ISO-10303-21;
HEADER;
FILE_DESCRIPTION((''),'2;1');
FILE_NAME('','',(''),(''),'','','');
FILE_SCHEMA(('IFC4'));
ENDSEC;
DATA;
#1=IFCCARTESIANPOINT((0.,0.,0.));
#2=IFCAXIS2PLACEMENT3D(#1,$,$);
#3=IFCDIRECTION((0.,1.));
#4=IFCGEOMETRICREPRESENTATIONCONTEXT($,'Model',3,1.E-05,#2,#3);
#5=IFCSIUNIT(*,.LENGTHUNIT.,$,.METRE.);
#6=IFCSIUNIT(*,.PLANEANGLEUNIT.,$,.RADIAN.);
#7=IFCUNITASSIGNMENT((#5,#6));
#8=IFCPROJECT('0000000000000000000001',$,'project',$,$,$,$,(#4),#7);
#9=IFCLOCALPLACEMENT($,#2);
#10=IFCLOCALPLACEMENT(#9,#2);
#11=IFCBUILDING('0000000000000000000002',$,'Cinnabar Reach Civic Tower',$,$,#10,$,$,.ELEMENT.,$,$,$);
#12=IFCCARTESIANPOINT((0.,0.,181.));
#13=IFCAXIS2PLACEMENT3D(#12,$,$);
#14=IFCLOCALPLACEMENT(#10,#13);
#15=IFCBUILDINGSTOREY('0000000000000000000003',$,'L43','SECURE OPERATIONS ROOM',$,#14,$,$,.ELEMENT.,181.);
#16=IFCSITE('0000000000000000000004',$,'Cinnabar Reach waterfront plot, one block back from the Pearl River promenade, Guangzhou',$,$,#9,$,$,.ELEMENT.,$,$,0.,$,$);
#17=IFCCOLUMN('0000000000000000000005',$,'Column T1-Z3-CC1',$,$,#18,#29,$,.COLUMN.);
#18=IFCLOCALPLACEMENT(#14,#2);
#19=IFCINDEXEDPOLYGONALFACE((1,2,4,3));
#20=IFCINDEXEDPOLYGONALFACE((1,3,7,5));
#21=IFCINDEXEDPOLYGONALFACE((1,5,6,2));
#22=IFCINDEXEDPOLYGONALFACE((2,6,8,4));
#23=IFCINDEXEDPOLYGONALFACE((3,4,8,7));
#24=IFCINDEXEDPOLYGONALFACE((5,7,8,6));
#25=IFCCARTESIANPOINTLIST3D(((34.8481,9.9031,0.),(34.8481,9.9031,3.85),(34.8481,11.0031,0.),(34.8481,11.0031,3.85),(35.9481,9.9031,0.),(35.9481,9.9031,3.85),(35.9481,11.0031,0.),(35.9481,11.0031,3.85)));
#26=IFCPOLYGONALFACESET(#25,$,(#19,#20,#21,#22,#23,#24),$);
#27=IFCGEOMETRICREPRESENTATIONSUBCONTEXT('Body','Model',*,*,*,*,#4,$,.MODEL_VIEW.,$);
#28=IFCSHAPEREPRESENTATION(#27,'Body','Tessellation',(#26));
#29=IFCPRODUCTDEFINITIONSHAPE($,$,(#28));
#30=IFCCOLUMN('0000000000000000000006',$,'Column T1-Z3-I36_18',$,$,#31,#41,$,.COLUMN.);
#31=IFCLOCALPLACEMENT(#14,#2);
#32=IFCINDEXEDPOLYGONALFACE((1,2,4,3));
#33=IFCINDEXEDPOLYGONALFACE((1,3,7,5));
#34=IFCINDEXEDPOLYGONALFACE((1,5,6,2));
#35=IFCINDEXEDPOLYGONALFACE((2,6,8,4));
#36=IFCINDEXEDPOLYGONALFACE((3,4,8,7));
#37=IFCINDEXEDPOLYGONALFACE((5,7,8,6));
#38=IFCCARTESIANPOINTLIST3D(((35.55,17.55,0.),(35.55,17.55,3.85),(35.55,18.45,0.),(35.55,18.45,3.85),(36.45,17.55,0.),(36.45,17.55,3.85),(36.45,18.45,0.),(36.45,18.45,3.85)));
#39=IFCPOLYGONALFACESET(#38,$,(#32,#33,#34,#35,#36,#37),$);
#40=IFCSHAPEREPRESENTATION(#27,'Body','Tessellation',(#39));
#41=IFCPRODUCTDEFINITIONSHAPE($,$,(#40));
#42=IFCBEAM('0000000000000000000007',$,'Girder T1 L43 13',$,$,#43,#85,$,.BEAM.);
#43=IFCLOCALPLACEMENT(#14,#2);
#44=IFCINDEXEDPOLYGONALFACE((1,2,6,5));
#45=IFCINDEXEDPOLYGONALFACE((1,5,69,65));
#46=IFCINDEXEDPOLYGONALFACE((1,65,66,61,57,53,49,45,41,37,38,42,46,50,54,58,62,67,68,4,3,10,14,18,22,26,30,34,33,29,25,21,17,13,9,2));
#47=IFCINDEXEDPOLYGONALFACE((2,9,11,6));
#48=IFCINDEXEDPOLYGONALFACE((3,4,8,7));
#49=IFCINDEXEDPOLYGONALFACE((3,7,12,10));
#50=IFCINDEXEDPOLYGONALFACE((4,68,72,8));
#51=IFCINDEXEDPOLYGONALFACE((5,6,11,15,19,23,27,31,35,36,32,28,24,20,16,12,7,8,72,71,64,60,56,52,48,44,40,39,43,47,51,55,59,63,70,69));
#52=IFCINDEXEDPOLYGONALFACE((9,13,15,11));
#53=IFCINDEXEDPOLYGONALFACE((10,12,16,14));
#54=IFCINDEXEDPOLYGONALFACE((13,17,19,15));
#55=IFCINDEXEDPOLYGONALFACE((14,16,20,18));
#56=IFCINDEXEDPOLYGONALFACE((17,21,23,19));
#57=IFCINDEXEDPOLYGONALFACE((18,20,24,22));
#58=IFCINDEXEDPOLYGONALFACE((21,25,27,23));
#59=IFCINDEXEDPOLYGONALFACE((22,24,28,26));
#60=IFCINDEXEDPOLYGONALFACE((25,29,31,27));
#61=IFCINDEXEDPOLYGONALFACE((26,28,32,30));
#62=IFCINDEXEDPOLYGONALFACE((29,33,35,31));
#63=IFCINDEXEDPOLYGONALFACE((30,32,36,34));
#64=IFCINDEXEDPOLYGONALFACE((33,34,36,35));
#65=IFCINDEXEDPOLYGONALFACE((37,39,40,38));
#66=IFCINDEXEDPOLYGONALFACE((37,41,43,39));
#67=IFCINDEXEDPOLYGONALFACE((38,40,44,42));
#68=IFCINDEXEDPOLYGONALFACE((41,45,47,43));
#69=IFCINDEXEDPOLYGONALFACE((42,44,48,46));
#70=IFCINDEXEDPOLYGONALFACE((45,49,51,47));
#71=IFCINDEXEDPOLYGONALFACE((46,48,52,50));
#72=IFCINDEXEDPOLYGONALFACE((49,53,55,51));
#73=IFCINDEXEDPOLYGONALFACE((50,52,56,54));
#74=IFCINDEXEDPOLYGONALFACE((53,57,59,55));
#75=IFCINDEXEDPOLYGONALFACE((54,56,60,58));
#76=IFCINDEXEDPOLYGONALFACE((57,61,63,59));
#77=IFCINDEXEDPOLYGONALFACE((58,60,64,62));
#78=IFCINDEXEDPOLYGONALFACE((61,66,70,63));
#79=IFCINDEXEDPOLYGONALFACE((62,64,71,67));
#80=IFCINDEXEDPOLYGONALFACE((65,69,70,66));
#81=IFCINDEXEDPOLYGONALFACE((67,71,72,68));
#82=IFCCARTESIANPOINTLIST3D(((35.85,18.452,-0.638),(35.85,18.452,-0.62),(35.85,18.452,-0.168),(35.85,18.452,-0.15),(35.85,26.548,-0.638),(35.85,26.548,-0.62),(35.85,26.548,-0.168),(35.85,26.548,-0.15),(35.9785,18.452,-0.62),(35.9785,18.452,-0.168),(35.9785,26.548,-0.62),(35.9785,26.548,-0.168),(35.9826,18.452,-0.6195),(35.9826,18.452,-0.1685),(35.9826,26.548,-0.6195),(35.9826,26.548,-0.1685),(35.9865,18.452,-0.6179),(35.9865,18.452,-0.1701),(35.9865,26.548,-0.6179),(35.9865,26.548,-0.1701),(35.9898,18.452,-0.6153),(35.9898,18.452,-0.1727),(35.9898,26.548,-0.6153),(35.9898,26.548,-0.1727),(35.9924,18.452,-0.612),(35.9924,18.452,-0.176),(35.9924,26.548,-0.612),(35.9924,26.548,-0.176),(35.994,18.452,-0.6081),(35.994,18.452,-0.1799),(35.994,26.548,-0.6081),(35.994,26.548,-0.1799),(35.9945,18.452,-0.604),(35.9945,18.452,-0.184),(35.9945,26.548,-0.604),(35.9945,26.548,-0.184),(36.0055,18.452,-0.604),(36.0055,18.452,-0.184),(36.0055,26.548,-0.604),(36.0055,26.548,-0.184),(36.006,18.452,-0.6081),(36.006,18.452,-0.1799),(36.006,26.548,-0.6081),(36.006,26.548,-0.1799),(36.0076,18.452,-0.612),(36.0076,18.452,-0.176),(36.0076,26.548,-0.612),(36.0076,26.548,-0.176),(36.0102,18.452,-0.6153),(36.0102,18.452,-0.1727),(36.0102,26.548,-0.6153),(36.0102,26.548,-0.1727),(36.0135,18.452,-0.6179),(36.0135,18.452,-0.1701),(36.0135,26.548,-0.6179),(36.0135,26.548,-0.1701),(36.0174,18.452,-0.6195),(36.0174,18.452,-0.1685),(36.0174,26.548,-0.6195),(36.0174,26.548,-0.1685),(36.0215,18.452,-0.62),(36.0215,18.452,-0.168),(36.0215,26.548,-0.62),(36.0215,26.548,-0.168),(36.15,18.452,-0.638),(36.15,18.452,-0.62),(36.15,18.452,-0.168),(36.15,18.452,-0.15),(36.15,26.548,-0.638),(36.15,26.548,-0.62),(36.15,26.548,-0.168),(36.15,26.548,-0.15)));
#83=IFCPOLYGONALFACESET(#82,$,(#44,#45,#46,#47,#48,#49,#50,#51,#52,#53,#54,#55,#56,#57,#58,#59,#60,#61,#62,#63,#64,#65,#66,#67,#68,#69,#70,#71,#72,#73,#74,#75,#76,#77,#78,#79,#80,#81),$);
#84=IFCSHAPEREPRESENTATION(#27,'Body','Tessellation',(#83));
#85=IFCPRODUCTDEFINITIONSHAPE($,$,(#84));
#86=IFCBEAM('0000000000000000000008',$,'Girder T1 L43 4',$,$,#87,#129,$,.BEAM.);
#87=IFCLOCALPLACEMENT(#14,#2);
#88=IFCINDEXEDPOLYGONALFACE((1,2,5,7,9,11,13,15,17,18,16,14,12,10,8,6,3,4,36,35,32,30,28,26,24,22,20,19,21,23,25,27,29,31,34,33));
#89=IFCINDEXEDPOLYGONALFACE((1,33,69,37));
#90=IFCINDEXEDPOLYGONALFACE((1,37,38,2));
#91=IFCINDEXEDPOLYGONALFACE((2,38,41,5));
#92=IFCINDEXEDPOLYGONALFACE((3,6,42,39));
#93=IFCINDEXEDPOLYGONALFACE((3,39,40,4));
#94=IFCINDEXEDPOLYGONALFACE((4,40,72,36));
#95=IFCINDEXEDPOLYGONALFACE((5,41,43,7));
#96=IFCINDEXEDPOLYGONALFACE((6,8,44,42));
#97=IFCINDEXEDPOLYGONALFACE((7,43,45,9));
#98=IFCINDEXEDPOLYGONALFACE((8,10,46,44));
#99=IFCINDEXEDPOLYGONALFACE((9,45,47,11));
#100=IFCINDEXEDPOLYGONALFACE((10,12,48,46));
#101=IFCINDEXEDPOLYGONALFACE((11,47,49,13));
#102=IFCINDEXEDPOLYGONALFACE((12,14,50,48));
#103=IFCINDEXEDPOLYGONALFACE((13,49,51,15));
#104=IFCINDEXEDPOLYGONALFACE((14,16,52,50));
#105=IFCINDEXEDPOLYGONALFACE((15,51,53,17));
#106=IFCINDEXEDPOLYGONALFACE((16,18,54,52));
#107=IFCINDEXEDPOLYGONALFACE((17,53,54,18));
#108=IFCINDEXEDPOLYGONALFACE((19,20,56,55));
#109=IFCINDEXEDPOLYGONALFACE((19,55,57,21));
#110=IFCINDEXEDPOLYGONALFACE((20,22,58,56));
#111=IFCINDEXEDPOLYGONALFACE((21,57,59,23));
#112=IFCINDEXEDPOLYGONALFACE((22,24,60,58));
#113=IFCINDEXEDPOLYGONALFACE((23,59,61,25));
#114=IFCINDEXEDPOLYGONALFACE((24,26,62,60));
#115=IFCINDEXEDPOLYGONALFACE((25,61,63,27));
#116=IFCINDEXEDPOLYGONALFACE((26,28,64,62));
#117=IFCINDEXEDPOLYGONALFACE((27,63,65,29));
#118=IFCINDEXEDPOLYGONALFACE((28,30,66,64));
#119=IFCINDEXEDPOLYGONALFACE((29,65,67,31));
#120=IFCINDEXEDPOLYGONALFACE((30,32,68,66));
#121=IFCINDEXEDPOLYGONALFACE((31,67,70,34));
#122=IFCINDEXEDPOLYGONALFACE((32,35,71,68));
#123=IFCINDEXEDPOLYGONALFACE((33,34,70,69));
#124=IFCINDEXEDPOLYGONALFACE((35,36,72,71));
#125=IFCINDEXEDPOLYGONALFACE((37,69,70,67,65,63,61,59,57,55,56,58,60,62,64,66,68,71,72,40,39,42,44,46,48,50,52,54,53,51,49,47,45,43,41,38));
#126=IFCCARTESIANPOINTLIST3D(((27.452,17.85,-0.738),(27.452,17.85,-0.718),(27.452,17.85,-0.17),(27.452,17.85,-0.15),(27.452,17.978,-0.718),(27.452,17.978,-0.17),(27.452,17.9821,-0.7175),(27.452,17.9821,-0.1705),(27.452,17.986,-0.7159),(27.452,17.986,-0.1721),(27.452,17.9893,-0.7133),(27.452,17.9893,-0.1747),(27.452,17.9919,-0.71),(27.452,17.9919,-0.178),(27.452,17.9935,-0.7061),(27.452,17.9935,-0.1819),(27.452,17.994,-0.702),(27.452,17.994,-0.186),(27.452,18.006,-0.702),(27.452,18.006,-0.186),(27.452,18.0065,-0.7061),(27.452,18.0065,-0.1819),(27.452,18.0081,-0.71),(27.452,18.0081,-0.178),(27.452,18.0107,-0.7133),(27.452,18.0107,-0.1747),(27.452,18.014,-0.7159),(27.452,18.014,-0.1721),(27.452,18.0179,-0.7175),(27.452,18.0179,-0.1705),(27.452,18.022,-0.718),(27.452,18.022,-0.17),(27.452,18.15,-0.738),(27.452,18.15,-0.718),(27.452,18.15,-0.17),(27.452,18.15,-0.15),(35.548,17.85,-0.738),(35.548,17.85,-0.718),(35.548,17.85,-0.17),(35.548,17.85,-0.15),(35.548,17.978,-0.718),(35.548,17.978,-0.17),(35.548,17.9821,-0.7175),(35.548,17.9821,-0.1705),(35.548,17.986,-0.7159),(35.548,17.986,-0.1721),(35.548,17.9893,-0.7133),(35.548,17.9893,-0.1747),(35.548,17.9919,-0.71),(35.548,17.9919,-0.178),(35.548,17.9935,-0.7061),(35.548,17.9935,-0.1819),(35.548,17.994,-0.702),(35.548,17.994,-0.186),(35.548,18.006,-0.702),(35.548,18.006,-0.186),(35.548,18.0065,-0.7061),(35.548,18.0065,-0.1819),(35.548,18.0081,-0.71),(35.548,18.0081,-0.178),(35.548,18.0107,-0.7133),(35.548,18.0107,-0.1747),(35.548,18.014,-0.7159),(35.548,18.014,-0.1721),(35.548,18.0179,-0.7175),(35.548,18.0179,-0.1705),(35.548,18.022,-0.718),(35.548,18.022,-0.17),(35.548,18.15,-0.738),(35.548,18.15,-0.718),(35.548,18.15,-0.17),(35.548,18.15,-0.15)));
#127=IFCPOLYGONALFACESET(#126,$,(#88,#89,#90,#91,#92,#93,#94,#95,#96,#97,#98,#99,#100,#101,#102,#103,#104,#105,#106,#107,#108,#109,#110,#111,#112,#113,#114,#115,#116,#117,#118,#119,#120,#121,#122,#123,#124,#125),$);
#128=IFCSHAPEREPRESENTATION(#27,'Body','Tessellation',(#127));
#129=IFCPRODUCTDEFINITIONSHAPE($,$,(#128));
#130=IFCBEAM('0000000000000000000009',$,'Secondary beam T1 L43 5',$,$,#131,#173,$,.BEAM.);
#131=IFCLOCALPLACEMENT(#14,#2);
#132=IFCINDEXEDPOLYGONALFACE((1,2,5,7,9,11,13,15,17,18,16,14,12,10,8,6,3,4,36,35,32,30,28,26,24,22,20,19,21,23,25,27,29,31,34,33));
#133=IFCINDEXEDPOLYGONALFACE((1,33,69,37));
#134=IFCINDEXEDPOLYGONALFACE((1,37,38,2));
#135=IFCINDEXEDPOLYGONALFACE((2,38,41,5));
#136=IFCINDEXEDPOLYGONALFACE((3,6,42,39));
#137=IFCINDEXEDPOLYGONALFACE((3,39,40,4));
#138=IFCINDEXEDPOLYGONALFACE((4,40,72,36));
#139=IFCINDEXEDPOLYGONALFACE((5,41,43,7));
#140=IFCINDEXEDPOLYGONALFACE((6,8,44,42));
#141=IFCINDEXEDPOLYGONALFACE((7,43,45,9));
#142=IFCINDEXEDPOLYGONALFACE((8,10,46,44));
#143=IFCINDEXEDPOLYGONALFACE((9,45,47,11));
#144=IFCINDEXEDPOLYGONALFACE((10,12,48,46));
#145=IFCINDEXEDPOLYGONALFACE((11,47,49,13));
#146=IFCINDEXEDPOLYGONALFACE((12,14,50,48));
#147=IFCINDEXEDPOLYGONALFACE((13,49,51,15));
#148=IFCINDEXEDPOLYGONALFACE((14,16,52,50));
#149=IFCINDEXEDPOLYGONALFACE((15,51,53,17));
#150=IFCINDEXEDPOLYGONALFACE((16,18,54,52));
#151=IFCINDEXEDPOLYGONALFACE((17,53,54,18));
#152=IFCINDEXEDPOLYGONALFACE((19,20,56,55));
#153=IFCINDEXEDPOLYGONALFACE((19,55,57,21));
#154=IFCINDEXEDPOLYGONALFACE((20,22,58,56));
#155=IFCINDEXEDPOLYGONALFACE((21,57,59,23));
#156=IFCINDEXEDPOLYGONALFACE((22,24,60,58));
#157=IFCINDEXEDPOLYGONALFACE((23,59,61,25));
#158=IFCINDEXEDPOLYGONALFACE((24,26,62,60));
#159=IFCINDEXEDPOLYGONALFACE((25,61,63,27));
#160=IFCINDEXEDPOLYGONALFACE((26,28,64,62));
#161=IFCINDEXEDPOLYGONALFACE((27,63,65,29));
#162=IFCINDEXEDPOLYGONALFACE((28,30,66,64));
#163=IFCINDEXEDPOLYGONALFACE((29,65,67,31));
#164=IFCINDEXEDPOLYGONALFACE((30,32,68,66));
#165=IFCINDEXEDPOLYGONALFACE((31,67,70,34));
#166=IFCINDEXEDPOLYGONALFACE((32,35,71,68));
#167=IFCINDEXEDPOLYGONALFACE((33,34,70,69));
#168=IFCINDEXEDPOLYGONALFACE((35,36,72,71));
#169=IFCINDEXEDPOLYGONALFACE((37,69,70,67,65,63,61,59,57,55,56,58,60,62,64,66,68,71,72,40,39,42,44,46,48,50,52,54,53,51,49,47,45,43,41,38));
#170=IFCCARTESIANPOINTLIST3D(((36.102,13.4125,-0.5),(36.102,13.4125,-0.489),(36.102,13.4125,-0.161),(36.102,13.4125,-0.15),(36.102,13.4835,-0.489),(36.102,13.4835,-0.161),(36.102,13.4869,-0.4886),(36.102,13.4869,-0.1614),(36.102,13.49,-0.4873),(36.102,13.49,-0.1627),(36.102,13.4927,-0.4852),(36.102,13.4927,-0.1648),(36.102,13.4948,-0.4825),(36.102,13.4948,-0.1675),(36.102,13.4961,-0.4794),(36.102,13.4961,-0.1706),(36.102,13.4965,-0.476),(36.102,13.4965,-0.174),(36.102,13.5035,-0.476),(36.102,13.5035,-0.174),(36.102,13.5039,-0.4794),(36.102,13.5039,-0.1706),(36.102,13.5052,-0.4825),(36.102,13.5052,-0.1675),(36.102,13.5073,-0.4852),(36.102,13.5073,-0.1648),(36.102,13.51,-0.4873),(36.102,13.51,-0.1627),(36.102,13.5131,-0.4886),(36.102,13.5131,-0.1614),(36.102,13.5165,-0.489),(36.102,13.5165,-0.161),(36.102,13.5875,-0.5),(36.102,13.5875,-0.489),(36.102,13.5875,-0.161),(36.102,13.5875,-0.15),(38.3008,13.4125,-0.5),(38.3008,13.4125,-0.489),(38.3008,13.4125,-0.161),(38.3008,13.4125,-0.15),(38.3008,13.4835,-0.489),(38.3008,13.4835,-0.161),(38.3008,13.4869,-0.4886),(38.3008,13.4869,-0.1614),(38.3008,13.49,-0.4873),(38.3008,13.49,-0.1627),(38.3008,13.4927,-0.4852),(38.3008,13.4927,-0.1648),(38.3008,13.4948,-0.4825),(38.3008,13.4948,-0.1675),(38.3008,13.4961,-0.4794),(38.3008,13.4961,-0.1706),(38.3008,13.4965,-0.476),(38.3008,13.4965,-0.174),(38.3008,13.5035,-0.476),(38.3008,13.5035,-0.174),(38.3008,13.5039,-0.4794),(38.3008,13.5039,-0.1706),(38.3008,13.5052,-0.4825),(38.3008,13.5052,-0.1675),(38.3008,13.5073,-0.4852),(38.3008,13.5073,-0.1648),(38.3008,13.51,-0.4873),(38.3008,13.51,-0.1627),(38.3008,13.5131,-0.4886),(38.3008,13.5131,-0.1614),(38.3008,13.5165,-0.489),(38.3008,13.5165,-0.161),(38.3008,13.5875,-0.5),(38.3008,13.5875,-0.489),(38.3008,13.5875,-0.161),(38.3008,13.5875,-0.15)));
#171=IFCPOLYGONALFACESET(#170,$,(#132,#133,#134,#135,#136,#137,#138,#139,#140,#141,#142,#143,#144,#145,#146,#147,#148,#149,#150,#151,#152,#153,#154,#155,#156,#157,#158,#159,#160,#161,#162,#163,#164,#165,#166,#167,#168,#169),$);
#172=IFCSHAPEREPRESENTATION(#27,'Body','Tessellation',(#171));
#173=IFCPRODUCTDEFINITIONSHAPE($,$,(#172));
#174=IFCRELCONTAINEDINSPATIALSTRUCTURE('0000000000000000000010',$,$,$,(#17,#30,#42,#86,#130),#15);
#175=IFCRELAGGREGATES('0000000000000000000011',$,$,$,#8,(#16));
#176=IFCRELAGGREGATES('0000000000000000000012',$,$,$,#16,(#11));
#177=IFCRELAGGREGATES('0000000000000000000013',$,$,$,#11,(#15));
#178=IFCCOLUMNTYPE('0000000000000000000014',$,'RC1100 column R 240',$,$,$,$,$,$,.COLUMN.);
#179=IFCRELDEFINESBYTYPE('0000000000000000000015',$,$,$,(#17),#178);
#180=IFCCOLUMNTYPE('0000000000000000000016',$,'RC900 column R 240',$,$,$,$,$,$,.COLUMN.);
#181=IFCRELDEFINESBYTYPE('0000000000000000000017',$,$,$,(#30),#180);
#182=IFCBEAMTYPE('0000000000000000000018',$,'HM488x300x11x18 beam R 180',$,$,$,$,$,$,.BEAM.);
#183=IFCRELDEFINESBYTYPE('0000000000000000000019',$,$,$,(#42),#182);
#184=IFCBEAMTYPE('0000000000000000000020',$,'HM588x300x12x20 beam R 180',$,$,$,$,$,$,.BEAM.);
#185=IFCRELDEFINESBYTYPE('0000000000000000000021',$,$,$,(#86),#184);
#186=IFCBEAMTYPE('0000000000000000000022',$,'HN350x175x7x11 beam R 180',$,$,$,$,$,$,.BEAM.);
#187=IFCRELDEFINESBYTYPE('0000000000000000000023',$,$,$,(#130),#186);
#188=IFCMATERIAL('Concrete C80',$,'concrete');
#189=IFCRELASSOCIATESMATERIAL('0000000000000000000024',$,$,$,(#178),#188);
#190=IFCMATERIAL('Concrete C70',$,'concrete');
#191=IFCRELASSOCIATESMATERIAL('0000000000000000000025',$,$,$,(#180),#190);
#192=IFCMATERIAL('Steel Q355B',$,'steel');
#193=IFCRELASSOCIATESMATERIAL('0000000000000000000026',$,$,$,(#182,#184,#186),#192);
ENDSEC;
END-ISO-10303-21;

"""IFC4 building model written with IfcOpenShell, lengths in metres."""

from ifc_helpers import new_model, si_unit, direction, frame, origin, origin_2d, place, context, subcontext, project, spatial, rectangle, i_section, extrude, material, material_profile, profile_set, type_object, element, save


model = new_model("IFC4")

# Units and contexts
model_context = context("Model", 3, precision=1e-05, world=origin(), true_north=direction((0.0, 1.0)))
body_context = subcontext(model_context, "Body", "Model", "MODEL_VIEW")
ifc_project = project(units=[si_unit("LENGTHUNIT", "METRE"), si_unit("PLANEANGLEUNIT", "RADIAN")], contexts=[model_context])

# Site, building, storey
site_placement = place(None, origin())
site = spatial("IfcSite", under=ifc_project, at=site_placement, Name="Cinnabar Reach waterfront plot, one block back from the Pearl River promenade, Guangzhou", CompositionType="ELEMENT", RefElevation=0.0)
building_placement = place(site_placement, origin())
building = spatial("IfcBuilding", under=site, at=building_placement, Name="Cinnabar Reach Civic Tower", CompositionType="ELEMENT")
storey_placement = place(building_placement, frame((0.0, 0.0, 181.0)))
storey = spatial("IfcBuildingStorey", under=building, at=storey_placement, Name="L43", Description="SECURE OPERATIONS ROOM", CompositionType="ELEMENT", Elevation=181.0)

# Columns
ifc_material_1 = material(Name="Concrete C80", Category="concrete")
ifc_material_profile_1 = material_profile(ifc_material_1, rectangle(XDim=1.1, YDim=1.1, at=origin_2d()), Name="RC1100")
ifc_profile_set_1 = profile_set([ifc_material_profile_1], Name="Concrete C80")
column_type_1 = type_object("IfcColumnType", Name="RC1100 column R 240", PredefinedType="COLUMN", material=ifc_profile_set_1)
column_1_placement = place(storey_placement, frame((35.3981, 10.4531, 0.0), z_axis=(0.0, 0.0, 1.0), x_axis=(1.0, 0.0, 0.0)))
element("IfcColumn", 1, at=column_1_placement, inside=storey, type_object=column_type_1, Name="Column T1-Z3-CC1", PredefinedType="COLUMN", context=body_context, shape_type="SweptSolid", body=[
    extrude(rectangle(XDim=1.1, YDim=1.1, at=origin_2d()), origin(), (0.0, 0.0, 1.0), 3.85),
])
ifc_material_2 = material(Name="Concrete C70", Category="concrete")
ifc_material_profile_2 = material_profile(ifc_material_2, rectangle(XDim=0.9, YDim=0.9, at=origin_2d()), Name="RC900")
ifc_profile_set_2 = profile_set([ifc_material_profile_2], Name="Concrete C70")
column_type_2 = type_object("IfcColumnType", Name="RC900 column R 240", PredefinedType="COLUMN", material=ifc_profile_set_2)
column_2_placement = place(storey_placement, frame((36.0, 18.0, 0.0), z_axis=(0.0, 0.0, 1.0), x_axis=(1.0, 0.0, 0.0)))
element("IfcColumn", 2, at=column_2_placement, inside=storey, type_object=column_type_2, Name="Column T1-Z3-I36_18", PredefinedType="COLUMN", context=body_context, shape_type="SweptSolid", body=[
    extrude(rectangle(XDim=0.9, YDim=0.9, at=origin_2d()), origin(), (0.0, 0.0, 1.0), 3.85),
])

# Beams
ifc_material_3 = material(Name="Steel Q355B", Category="steel")
ifc_material_profile_3 = material_profile(ifc_material_3, i_section(OverallWidth=0.3, OverallDepth=0.488, WebThickness=0.011, FlangeThickness=0.018, FilletRadius=0.016, at=origin_2d()), Name="HM488x300x11x18")
ifc_profile_set_3 = profile_set([ifc_material_profile_3], Name="Steel Q355B")
beam_type_1 = type_object("IfcBeamType", Name="HM488x300x11x18 beam R 180", PredefinedType="BEAM", material=ifc_profile_set_3)
beam_1_placement = place(storey_placement, frame((36.0, 18.452, -0.394), z_axis=(0.0, 1.0, 0.0), x_axis=(-1.0, 0.0, 0.0)))
element("IfcBeam", 3, at=beam_1_placement, inside=storey, type_object=beam_type_1, Name="Girder T1 L43 13", PredefinedType="BEAM", context=body_context, shape_type="SweptSolid", body=[
    extrude(i_section(OverallWidth=0.3, OverallDepth=0.488, WebThickness=0.011, FlangeThickness=0.018, FilletRadius=0.016, at=origin_2d()), origin(), (0.0, 0.0, 1.0), 8.096),
])
ifc_material_profile_4 = material_profile(ifc_material_3, i_section(OverallWidth=0.3, OverallDepth=0.588, WebThickness=0.012, FlangeThickness=0.02, FilletRadius=0.016, at=origin_2d()), Name="HM588x300x12x20")
ifc_profile_set_4 = profile_set([ifc_material_profile_4], Name="Steel Q355B")
beam_type_2 = type_object("IfcBeamType", Name="HM588x300x12x20 beam R 180", PredefinedType="BEAM", material=ifc_profile_set_4)
beam_2_placement = place(storey_placement, frame((27.452, 18.0, -0.444), z_axis=(1.0, 0.0, 0.0), x_axis=(0.0, 1.0, 0.0)))
element("IfcBeam", 4, at=beam_2_placement, inside=storey, type_object=beam_type_2, Name="Girder T1 L43 4", PredefinedType="BEAM", context=body_context, shape_type="SweptSolid", body=[
    extrude(i_section(OverallWidth=0.3, OverallDepth=0.588, WebThickness=0.012, FlangeThickness=0.02, FilletRadius=0.016, at=origin_2d()), origin(), (0.0, 0.0, 1.0), 8.096),
])
ifc_material_profile_5 = material_profile(ifc_material_3, i_section(OverallWidth=0.175, OverallDepth=0.35, WebThickness=0.007, FlangeThickness=0.011, FilletRadius=0.013, at=origin_2d()), Name="HN350x175x7x11")
ifc_profile_set_5 = profile_set([ifc_material_profile_5], Name="Steel Q355B")
beam_type_3 = type_object("IfcBeamType", Name="HN350x175x7x11 beam R 180", PredefinedType="BEAM", material=ifc_profile_set_5)
beam_3_placement = place(storey_placement, frame((36.102, 13.5, -0.325), z_axis=(1.0, 0.0, 0.0), x_axis=(0.0, 1.0, 0.0)))
element("IfcBeam", 5, at=beam_3_placement, inside=storey, type_object=beam_type_3, Name="Secondary beam T1 L43 5", PredefinedType="BEAM", context=body_context, shape_type="SweptSolid", body=[
    extrude(i_section(OverallWidth=0.175, OverallDepth=0.35, WebThickness=0.007, FlangeThickness=0.011, FilletRadius=0.013, at=origin_2d()), origin(), (0.0, 0.0, 1.0), 2.1988),
])

save(model, "model.ifc")
